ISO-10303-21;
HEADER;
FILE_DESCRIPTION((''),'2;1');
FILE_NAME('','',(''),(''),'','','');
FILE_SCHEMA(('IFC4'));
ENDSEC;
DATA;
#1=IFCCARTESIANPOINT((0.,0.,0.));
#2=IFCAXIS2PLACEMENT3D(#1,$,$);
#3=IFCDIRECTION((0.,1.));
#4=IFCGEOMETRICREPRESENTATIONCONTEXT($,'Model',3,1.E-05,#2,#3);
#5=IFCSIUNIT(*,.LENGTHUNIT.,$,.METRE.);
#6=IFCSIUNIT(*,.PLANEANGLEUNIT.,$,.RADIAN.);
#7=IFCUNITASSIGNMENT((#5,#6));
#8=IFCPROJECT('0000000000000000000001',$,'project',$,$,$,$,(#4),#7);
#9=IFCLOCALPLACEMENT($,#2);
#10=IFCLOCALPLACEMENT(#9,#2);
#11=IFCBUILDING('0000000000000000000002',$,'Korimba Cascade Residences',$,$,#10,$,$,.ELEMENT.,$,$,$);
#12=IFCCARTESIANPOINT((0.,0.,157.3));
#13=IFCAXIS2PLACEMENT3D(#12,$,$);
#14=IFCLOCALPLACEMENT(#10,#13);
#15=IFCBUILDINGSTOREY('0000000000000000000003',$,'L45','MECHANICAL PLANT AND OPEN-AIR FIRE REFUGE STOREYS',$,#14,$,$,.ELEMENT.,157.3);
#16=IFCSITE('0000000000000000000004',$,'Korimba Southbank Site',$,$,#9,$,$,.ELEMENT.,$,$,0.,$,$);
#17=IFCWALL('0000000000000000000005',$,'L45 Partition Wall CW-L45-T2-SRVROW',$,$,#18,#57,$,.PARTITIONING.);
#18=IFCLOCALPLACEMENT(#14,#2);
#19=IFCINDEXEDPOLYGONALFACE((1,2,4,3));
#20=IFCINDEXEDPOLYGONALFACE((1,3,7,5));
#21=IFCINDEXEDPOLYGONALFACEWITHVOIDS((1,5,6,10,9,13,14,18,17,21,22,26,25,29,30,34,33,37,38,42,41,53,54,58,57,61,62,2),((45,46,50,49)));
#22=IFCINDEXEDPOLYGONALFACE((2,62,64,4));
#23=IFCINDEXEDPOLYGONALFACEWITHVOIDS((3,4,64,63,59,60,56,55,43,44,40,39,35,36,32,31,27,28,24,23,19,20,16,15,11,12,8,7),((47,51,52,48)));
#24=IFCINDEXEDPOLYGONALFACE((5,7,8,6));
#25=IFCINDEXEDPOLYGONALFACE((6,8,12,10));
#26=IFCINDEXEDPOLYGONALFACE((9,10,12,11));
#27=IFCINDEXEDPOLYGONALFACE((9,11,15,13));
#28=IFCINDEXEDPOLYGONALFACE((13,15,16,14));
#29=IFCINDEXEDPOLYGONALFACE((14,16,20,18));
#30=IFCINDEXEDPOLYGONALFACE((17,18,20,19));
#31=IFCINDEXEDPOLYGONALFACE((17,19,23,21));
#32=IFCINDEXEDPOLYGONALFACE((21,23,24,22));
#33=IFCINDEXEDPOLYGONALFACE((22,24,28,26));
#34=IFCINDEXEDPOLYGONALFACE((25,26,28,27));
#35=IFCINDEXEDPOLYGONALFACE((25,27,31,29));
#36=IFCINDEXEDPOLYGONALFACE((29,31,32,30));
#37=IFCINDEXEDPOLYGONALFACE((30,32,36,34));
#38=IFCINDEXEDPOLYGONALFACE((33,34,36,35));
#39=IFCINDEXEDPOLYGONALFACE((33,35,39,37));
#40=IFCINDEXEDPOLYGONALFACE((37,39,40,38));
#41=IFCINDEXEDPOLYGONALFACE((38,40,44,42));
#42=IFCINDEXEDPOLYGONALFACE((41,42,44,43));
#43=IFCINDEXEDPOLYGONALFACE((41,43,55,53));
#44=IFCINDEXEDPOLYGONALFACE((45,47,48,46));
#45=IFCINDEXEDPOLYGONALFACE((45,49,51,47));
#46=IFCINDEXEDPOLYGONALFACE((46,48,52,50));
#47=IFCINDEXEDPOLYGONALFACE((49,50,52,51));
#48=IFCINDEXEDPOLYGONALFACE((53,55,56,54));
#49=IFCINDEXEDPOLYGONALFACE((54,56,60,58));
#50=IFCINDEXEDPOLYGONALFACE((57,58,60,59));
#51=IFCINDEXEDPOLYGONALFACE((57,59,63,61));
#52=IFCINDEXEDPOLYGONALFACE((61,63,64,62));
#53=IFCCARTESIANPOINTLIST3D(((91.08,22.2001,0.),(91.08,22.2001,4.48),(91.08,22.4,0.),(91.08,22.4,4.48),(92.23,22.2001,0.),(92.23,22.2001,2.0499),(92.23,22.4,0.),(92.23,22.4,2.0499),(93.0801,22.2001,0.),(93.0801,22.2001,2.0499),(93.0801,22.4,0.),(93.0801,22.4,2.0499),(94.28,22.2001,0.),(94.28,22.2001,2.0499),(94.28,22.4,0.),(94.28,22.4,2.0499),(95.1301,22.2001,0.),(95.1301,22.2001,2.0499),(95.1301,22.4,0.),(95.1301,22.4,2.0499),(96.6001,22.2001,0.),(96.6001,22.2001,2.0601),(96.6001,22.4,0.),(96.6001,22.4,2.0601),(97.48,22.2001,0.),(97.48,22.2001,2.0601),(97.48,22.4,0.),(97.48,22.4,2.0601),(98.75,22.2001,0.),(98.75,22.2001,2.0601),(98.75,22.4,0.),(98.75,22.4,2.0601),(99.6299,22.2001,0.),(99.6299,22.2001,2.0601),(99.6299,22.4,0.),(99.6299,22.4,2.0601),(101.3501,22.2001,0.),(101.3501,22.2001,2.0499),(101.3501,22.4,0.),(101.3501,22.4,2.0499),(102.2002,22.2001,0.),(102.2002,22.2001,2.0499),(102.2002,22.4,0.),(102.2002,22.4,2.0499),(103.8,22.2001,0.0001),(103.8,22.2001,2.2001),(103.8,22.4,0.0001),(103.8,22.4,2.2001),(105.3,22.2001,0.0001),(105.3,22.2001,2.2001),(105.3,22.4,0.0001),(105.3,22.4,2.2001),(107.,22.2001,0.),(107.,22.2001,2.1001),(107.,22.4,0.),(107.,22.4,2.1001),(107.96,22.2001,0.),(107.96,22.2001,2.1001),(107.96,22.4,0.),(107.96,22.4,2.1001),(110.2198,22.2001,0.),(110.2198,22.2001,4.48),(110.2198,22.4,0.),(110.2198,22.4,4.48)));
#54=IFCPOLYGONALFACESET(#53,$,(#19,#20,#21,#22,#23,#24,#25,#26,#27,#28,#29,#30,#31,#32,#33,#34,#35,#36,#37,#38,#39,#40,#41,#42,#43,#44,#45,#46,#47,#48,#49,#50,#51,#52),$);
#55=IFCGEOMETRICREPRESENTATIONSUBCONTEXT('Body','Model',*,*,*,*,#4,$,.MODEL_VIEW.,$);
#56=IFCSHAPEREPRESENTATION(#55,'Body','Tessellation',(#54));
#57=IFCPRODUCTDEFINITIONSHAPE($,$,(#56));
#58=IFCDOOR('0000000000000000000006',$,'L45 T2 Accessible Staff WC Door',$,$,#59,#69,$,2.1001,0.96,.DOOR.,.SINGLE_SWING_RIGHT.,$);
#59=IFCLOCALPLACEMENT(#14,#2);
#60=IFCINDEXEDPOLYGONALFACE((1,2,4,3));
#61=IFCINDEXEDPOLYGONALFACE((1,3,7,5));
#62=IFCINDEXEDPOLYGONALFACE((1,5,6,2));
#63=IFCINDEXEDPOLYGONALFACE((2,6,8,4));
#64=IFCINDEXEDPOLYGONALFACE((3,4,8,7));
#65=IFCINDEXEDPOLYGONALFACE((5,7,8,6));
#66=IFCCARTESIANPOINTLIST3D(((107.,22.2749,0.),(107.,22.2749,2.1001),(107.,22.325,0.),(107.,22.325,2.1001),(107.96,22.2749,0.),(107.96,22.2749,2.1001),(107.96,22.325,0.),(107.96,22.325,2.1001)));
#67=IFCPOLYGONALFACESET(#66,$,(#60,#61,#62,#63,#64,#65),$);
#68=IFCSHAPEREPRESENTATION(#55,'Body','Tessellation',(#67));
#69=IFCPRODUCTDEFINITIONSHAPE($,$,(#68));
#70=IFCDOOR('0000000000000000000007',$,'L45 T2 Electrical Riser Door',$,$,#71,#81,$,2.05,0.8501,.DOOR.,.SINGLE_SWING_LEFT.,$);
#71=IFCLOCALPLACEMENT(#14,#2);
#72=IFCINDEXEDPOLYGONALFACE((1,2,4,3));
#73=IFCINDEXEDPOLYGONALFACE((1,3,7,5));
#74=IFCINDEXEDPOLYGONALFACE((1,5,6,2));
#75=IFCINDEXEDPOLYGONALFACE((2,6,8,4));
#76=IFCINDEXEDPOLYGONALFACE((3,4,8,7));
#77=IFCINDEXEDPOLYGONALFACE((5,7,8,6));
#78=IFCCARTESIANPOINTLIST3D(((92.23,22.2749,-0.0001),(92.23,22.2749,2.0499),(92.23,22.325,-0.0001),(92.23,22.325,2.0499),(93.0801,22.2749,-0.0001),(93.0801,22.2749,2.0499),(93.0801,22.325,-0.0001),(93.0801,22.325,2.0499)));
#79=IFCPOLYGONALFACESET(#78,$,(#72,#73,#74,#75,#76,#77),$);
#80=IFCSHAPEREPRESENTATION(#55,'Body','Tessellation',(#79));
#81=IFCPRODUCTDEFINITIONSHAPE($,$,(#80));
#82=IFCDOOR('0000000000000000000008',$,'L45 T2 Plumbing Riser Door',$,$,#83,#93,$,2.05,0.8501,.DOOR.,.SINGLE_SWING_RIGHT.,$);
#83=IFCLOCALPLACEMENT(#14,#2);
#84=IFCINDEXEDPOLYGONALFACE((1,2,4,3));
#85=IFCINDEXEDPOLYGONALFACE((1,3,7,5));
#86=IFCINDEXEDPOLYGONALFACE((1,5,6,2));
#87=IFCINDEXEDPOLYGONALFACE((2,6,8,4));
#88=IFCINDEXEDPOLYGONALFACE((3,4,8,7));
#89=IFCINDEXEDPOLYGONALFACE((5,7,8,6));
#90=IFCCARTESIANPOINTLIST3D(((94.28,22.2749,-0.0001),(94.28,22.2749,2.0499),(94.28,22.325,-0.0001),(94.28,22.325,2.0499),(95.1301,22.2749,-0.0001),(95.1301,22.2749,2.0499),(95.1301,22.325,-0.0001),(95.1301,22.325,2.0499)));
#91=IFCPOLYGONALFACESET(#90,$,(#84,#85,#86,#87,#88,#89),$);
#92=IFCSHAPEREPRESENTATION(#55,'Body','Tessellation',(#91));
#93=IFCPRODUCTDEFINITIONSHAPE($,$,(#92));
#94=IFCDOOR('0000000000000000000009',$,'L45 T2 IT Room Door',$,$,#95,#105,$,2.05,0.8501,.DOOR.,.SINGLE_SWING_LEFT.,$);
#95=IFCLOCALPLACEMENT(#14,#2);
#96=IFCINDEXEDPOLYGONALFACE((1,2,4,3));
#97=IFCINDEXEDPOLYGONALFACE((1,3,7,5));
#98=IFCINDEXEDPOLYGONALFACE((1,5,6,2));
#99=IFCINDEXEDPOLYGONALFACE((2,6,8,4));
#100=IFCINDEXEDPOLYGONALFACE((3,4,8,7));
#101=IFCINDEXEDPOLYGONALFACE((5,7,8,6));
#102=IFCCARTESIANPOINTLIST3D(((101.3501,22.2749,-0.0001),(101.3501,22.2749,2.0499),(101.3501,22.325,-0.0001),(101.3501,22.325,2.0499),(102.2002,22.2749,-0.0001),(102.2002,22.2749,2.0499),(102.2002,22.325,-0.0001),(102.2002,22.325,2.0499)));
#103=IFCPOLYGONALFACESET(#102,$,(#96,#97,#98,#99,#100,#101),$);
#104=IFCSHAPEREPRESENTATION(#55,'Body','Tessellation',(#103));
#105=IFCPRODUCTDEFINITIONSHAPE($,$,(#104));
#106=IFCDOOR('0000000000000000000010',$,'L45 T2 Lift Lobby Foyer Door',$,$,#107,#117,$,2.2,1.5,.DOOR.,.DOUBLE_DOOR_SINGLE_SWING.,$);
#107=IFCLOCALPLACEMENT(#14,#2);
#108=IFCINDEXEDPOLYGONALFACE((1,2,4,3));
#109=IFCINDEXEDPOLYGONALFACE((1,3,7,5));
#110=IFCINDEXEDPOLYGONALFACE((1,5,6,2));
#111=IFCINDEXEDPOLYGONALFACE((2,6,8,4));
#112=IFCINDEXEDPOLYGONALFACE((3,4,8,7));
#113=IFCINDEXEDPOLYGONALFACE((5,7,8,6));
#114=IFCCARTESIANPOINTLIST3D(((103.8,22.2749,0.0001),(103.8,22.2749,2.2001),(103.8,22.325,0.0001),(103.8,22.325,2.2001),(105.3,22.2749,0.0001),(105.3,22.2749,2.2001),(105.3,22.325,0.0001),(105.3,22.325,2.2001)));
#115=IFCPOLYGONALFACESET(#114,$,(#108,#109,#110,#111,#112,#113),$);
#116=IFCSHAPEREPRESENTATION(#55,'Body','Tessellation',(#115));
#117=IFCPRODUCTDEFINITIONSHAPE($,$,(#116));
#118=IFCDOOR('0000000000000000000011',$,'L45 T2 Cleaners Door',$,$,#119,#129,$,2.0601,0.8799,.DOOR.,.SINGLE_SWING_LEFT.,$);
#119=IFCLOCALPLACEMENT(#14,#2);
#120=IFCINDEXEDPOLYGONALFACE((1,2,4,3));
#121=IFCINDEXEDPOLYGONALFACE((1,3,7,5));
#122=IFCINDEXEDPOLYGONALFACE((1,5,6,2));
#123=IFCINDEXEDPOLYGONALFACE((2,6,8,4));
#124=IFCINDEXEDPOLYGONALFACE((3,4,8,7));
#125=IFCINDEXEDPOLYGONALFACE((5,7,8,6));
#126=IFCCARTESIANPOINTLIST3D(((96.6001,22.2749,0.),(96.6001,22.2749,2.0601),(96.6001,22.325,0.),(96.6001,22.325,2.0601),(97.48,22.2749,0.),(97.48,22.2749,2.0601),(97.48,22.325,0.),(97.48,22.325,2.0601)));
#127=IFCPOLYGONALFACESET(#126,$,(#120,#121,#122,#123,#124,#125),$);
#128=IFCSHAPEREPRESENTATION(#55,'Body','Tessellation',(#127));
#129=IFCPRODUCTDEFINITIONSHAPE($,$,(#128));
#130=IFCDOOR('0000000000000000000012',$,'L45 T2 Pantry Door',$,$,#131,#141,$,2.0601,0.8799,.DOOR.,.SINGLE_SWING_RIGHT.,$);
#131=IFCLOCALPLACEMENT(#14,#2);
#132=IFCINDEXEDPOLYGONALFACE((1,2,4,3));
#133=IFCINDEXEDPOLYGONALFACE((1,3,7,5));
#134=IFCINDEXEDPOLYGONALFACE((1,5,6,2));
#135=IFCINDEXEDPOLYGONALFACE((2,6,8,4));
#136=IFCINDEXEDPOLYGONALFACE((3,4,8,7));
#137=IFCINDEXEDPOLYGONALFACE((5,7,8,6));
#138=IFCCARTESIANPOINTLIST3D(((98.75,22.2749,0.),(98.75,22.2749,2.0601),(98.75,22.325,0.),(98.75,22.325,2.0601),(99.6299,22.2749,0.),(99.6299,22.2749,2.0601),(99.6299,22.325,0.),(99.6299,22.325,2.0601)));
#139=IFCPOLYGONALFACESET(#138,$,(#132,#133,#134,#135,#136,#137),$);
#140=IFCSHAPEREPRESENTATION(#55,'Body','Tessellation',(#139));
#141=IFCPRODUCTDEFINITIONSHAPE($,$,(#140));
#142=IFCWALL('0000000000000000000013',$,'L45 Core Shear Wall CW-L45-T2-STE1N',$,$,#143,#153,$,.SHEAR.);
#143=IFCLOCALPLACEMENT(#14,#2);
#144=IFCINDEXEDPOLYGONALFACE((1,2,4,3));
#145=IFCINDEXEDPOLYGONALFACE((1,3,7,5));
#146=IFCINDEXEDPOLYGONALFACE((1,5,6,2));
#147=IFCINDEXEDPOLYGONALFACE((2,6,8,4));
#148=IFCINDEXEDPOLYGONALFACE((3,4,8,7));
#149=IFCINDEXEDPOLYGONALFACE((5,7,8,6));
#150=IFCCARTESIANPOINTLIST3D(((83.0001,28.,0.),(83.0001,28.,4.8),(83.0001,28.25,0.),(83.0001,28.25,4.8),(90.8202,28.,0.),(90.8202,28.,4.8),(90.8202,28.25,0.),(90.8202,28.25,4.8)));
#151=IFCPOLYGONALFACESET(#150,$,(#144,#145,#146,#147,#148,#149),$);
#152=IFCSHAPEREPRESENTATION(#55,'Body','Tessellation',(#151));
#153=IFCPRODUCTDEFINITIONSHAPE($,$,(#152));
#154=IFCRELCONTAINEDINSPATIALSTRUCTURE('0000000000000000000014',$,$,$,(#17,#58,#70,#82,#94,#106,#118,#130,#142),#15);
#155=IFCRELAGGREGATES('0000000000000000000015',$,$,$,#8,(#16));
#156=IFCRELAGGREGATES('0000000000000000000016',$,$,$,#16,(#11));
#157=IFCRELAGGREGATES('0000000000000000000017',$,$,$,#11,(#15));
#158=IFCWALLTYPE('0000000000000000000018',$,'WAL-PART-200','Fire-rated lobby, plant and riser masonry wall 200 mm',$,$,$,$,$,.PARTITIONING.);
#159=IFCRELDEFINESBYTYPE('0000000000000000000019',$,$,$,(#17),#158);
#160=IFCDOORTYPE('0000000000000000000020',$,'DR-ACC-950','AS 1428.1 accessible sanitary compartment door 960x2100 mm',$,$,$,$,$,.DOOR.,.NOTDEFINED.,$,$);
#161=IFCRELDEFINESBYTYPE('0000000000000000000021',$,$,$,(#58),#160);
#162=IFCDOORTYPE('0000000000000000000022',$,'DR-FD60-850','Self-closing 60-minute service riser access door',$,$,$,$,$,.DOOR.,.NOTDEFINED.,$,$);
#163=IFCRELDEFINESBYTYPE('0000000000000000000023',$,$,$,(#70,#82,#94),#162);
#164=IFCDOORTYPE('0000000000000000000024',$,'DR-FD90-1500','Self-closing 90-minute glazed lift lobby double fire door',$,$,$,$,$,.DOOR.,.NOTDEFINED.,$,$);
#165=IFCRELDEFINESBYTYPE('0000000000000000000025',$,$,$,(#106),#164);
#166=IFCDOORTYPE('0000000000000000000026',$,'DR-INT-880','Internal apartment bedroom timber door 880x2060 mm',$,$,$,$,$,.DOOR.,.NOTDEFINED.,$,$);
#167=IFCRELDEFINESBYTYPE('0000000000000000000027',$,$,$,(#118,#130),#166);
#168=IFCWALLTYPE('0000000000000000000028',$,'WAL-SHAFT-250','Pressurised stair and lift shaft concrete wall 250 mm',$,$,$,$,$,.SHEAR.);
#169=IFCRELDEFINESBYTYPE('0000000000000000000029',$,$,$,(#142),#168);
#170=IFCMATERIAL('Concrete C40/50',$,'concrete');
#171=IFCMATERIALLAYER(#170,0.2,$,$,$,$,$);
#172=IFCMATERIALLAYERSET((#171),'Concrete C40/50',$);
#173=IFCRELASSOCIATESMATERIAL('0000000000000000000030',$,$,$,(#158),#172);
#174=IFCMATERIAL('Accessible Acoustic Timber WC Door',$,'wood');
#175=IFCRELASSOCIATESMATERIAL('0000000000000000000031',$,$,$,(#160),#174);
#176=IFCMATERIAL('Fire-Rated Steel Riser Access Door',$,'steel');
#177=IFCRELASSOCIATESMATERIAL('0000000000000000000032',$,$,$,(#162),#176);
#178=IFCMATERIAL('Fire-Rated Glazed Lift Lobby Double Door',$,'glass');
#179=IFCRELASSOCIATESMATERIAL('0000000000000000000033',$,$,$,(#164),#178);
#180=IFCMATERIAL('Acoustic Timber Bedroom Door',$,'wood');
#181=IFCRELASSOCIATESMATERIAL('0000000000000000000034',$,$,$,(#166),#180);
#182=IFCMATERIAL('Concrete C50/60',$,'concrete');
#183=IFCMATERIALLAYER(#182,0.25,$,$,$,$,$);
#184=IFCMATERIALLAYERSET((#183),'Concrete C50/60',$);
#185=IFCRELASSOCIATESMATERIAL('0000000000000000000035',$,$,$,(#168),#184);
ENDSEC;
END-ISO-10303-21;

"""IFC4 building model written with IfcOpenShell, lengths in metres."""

from ifc_helpers import new_model, si_unit, direction, frame, frame_2d, origin, place, context, subcontext, project, spatial, rectangle, extrude, material, layer, layer_set, type_object, element, fill, save


model = new_model("IFC4")

# Units and contexts
model_context = context("Model", 3, precision=1e-05, world=origin(), true_north=direction((0.0, 1.0)))
body_context = subcontext(model_context, "Body", "Model", "MODEL_VIEW")
ifc_project = project(units=[si_unit("LENGTHUNIT", "METRE"), si_unit("PLANEANGLEUNIT", "RADIAN")], contexts=[model_context])

# Site, building, storey
site_placement = place(None, origin())
site = spatial("IfcSite", under=ifc_project, at=site_placement, Name="Korimba Southbank Site", CompositionType="ELEMENT", RefElevation=0.0)
building_placement = place(site_placement, origin())
building = spatial("IfcBuilding", under=site, at=building_placement, Name="Korimba Cascade Residences", CompositionType="ELEMENT")
storey_placement = place(building_placement, frame((0.0, 0.0, 157.3)))
storey = spatial("IfcBuildingStorey", under=building, at=storey_placement, Name="L45", Description="MECHANICAL PLANT AND OPEN-AIR FIRE REFUGE STOREYS", CompositionType="ELEMENT", Elevation=157.3)

# Shared definitions
ifc_material_1 = material(Name="Concrete C40/50", Category="concrete")
ifc_layer_1 = layer(ifc_material_1, 0.2)
ifc_layer_set_1 = layer_set([ifc_layer_1], Name="Concrete C40/50")
wall_type_1 = type_object("IfcWallType", Name="WAL-PART-200", Description="Fire-rated lobby, plant and riser masonry wall 200 mm", PredefinedType="PARTITIONING", material=ifc_layer_set_1)

# Wall, openings, doors
wall_1_placement = place(storey_placement, frame((91.0801, 22.3, 0.0), z_axis=(0.0, 0.0, 1.0), x_axis=(1.0, 0.0, 0.0)))
wall_1 = element("IfcWall", 1, at=wall_1_placement, inside=storey, type_object=wall_type_1, Name="L45 Partition Wall CW-L45-T2-SRVROW", PredefinedType="PARTITIONING", context=body_context, shape_type="SweptSolid", body=[
    extrude(rectangle(XDim=19.1399, YDim=0.2, at=frame_2d((9.5698, 0.0))), origin(), (0.0, 0.0, 1.0), 4.48),
])
opening_1_placement = place(wall_1_placement, frame((1.1499, 0.0, 0.0)))
opening_1 = element("IfcOpeningElement", 2, at=opening_1_placement, cuts=wall_1, PredefinedType="OPENING", context=body_context, shape_type="SweptSolid", body=[
    extrude(rectangle(XDim=0.8501, YDim=2.05, at=frame_2d((0.425, 1.0249))), frame((0.0, 0.1099, 0.0), z_axis=(0.0, -1.0, 0.0), x_axis=(1.0, 0.0, 0.0)), (0.0, 0.0, 1.0), 0.22),
])
opening_2_placement = place(wall_1_placement, frame((3.2, 0.0, 0.0)))
opening_2 = element("IfcOpeningElement", 3, at=opening_2_placement, cuts=wall_1, PredefinedType="OPENING", context=body_context, shape_type="SweptSolid", body=[
    extrude(rectangle(XDim=0.8501, YDim=2.05, at=frame_2d((0.425, 1.0249))), frame((0.0, 0.1099, 0.0), z_axis=(0.0, -1.0, 0.0), x_axis=(1.0, 0.0, 0.0)), (0.0, 0.0, 1.0), 0.22),
])
opening_3_placement = place(wall_1_placement, frame((12.72, 0.0, 0.0)))
opening_3 = element("IfcOpeningElement", 4, at=opening_3_placement, cuts=wall_1, PredefinedType="OPENING", context=body_context, shape_type="SweptSolid", body=[
    extrude(rectangle(XDim=1.5, YDim=2.2, at=frame_2d((0.75, 1.1001))), frame((0.0, 0.1099, 0.0), z_axis=(0.0, -1.0, 0.0), x_axis=(1.0, 0.0, 0.0)), (0.0, 0.0, 1.0), 0.22),
])
opening_4_placement = place(wall_1_placement, frame((5.52, 0.0, 0.0)))
opening_4 = element("IfcOpeningElement", 5, at=opening_4_placement, cuts=wall_1, PredefinedType="OPENING", context=body_context, shape_type="SweptSolid", body=[
    extrude(rectangle(XDim=0.8799, YDim=2.0601, at=frame_2d((0.4399, 1.03))), frame((0.0, 0.1099, 0.0), z_axis=(0.0, -1.0, 0.0), x_axis=(1.0, 0.0, 0.0)), (0.0, 0.0, 1.0), 0.22),
])
opening_5_placement = place(wall_1_placement, frame((7.6699, 0.0, 0.0)))
opening_5 = element("IfcOpeningElement", 6, at=opening_5_placement, cuts=wall_1, PredefinedType="OPENING", context=body_context, shape_type="SweptSolid", body=[
    extrude(rectangle(XDim=0.8799, YDim=2.0601, at=frame_2d((0.4399, 1.03))), frame((0.0, 0.1099, 0.0), z_axis=(0.0, -1.0, 0.0), x_axis=(1.0, 0.0, 0.0)), (0.0, 0.0, 1.0), 0.22),
])
opening_6_placement = place(wall_1_placement, frame((10.27, 0.0, 0.0)))
opening_6 = element("IfcOpeningElement", 7, at=opening_6_placement, cuts=wall_1, PredefinedType="OPENING", context=body_context, shape_type="SweptSolid", body=[
    extrude(rectangle(XDim=0.8501, YDim=2.05, at=frame_2d((0.425, 1.0249))), frame((0.0, 0.1099, 0.0), z_axis=(0.0, -1.0, 0.0), x_axis=(1.0, 0.0, 0.0)), (0.0, 0.0, 1.0), 0.22),
])
opening_7_placement = place(wall_1_placement, frame((15.9199, 0.0, 0.0)))
opening_7 = element("IfcOpeningElement", 8, at=opening_7_placement, cuts=wall_1, PredefinedType="OPENING", context=body_context, shape_type="SweptSolid", body=[
    extrude(rectangle(XDim=0.96, YDim=2.1001, at=frame_2d((0.48, 1.05))), frame((0.0, 0.1099, 0.0), z_axis=(0.0, -1.0, 0.0), x_axis=(1.0, 0.0, 0.0)), (0.0, 0.0, 1.0), 0.22),
])
ifc_material_2 = material(Name="Accessible Acoustic Timber WC Door", Category="wood")
door_type_1 = type_object("IfcDoorType", Name="DR-ACC-950", Description="AS 1428.1 accessible sanitary compartment door 960x2100 mm", OperationType="NOTDEFINED", PredefinedType="DOOR", material=ifc_material_2)
door_1_placement = place(opening_7_placement, origin())
door_1 = element("IfcDoor", 9, at=door_1_placement, inside=storey, type_object=door_type_1, Name="L45 T2 Accessible Staff WC Door", OperationType="SINGLE_SWING_RIGHT", OverallHeight=2.1001, OverallWidth=0.96, PredefinedType="DOOR", context=body_context, shape_type="SweptSolid", body=[
    extrude(rectangle(XDim=0.96, YDim=2.1001, at=frame_2d((0.48, 1.05))), frame((0.0, 0.0249, 0.0), z_axis=(0.0, -1.0, 0.0), x_axis=(1.0, 0.0, 0.0)), (0.0, 0.0, 1.0), 0.05),
])
fill(opening_7, door_1)
ifc_material_3 = material(Name="Fire-Rated Steel Riser Access Door", Category="steel")
door_type_2 = type_object("IfcDoorType", Name="DR-FD60-850", Description="Self-closing 60-minute service riser access door", OperationType="NOTDEFINED", PredefinedType="DOOR", material=ifc_material_3)
door_2_placement = place(opening_1_placement, origin())
door_2 = element("IfcDoor", 10, at=door_2_placement, inside=storey, type_object=door_type_2, Name="L45 T2 Electrical Riser Door", OperationType="SINGLE_SWING_LEFT", OverallHeight=2.05, OverallWidth=0.8501, PredefinedType="DOOR", context=body_context, shape_type="SweptSolid", body=[
    extrude(rectangle(XDim=0.8501, YDim=2.05, at=frame_2d((0.425, 1.0249))), frame((0.0, 0.0249, 0.0), z_axis=(0.0, -1.0, 0.0), x_axis=(1.0, 0.0, 0.0)), (0.0, 0.0, 1.0), 0.05),
])
fill(opening_1, door_2)
door_3_placement = place(opening_2_placement, origin())
door_3 = element("IfcDoor", 11, at=door_3_placement, inside=storey, type_object=door_type_2, Name="L45 T2 Plumbing Riser Door", OperationType="SINGLE_SWING_RIGHT", OverallHeight=2.05, OverallWidth=0.8501, PredefinedType="DOOR", context=body_context, shape_type="SweptSolid", body=[
    extrude(rectangle(XDim=0.8501, YDim=2.05, at=frame_2d((0.425, 1.0249))), frame((0.0, 0.0249, 0.0), z_axis=(0.0, -1.0, 0.0), x_axis=(1.0, 0.0, 0.0)), (0.0, 0.0, 1.0), 0.05),
])
fill(opening_2, door_3)
door_4_placement = place(opening_6_placement, origin())
door_4 = element("IfcDoor", 12, at=door_4_placement, inside=storey, type_object=door_type_2, Name="L45 T2 IT Room Door", OperationType="SINGLE_SWING_LEFT", OverallHeight=2.05, OverallWidth=0.8501, PredefinedType="DOOR", context=body_context, shape_type="SweptSolid", body=[
    extrude(rectangle(XDim=0.8501, YDim=2.05, at=frame_2d((0.425, 1.0249))), frame((0.0, 0.0249, 0.0), z_axis=(0.0, -1.0, 0.0), x_axis=(1.0, 0.0, 0.0)), (0.0, 0.0, 1.0), 0.05),
])
fill(opening_6, door_4)
ifc_material_4 = material(Name="Fire-Rated Glazed Lift Lobby Double Door", Category="glass")
door_type_3 = type_object("IfcDoorType", Name="DR-FD90-1500", Description="Self-closing 90-minute glazed lift lobby double fire door", OperationType="NOTDEFINED", PredefinedType="DOOR", material=ifc_material_4)
door_5_placement = place(opening_3_placement, origin())
door_5 = element("IfcDoor", 13, at=door_5_placement, inside=storey, type_object=door_type_3, Name="L45 T2 Lift Lobby Foyer Door", OperationType="DOUBLE_DOOR_SINGLE_SWING", OverallHeight=2.2, OverallWidth=1.5, PredefinedType="DOOR", context=body_context, shape_type="SweptSolid", body=[
    extrude(rectangle(XDim=1.5, YDim=2.2, at=frame_2d((0.75, 1.1001))), frame((0.0, 0.0249, 0.0), z_axis=(0.0, -1.0, 0.0), x_axis=(1.0, 0.0, 0.0)), (0.0, 0.0, 1.0), 0.05),
])
fill(opening_3, door_5)
ifc_material_5 = material(Name="Acoustic Timber Bedroom Door", Category="wood")
door_type_4 = type_object("IfcDoorType", Name="DR-INT-880", Description="Internal apartment bedroom timber door 880x2060 mm", OperationType="NOTDEFINED", PredefinedType="DOOR", material=ifc_material_5)
door_6_placement = place(opening_4_placement, origin())
door_6 = element("IfcDoor", 14, at=door_6_placement, inside=storey, type_object=door_type_4, Name="L45 T2 Cleaners Door", OperationType="SINGLE_SWING_LEFT", OverallHeight=2.0601, OverallWidth=0.8799, PredefinedType="DOOR", context=body_context, shape_type="SweptSolid", body=[
    extrude(rectangle(XDim=0.8799, YDim=2.0601, at=frame_2d((0.4399, 1.03))), frame((0.0, 0.0249, 0.0), z_axis=(0.0, -1.0, 0.0), x_axis=(1.0, 0.0, 0.0)), (0.0, 0.0, 1.0), 0.05),
])
fill(opening_4, door_6)
door_7_placement = place(opening_5_placement, origin())
door_7 = element("IfcDoor", 15, at=door_7_placement, inside=storey, type_object=door_type_4, Name="L45 T2 Pantry Door", OperationType="SINGLE_SWING_RIGHT", OverallHeight=2.0601, OverallWidth=0.8799, PredefinedType="DOOR", context=body_context, shape_type="SweptSolid", body=[
    extrude(rectangle(XDim=0.8799, YDim=2.0601, at=frame_2d((0.4399, 1.03))), frame((0.0, 0.0249, 0.0), z_axis=(0.0, -1.0, 0.0), x_axis=(1.0, 0.0, 0.0)), (0.0, 0.0, 1.0), 0.05),
])
fill(opening_5, door_7)

# Wall
ifc_material_6 = material(Name="Concrete C50/60", Category="concrete")
ifc_layer_2 = layer(ifc_material_6, 0.25)
ifc_layer_set_2 = layer_set([ifc_layer_2], Name="Concrete C50/60")
wall_type_2 = type_object("IfcWallType", Name="WAL-SHAFT-250", Description="Pressurised stair and lift shaft concrete wall 250 mm", PredefinedType="SHEAR", material=ifc_layer_set_2)
wall_2_placement = place(storey_placement, frame((83.0, 28.125, 0.0), z_axis=(0.0, 0.0, 1.0), x_axis=(1.0, 0.0, 0.0)))
element("IfcWall", 16, at=wall_2_placement, inside=storey, type_object=wall_type_2, Name="L45 Core Shear Wall CW-L45-T2-STE1N", PredefinedType="SHEAR", context=body_context, shape_type="SweptSolid", body=[
    extrude(rectangle(XDim=7.8201, YDim=0.25, at=frame_2d((3.9102, 0.0))), origin(), (0.0, 0.0, 1.0), 4.8),
])

save(model, "model.ifc")
